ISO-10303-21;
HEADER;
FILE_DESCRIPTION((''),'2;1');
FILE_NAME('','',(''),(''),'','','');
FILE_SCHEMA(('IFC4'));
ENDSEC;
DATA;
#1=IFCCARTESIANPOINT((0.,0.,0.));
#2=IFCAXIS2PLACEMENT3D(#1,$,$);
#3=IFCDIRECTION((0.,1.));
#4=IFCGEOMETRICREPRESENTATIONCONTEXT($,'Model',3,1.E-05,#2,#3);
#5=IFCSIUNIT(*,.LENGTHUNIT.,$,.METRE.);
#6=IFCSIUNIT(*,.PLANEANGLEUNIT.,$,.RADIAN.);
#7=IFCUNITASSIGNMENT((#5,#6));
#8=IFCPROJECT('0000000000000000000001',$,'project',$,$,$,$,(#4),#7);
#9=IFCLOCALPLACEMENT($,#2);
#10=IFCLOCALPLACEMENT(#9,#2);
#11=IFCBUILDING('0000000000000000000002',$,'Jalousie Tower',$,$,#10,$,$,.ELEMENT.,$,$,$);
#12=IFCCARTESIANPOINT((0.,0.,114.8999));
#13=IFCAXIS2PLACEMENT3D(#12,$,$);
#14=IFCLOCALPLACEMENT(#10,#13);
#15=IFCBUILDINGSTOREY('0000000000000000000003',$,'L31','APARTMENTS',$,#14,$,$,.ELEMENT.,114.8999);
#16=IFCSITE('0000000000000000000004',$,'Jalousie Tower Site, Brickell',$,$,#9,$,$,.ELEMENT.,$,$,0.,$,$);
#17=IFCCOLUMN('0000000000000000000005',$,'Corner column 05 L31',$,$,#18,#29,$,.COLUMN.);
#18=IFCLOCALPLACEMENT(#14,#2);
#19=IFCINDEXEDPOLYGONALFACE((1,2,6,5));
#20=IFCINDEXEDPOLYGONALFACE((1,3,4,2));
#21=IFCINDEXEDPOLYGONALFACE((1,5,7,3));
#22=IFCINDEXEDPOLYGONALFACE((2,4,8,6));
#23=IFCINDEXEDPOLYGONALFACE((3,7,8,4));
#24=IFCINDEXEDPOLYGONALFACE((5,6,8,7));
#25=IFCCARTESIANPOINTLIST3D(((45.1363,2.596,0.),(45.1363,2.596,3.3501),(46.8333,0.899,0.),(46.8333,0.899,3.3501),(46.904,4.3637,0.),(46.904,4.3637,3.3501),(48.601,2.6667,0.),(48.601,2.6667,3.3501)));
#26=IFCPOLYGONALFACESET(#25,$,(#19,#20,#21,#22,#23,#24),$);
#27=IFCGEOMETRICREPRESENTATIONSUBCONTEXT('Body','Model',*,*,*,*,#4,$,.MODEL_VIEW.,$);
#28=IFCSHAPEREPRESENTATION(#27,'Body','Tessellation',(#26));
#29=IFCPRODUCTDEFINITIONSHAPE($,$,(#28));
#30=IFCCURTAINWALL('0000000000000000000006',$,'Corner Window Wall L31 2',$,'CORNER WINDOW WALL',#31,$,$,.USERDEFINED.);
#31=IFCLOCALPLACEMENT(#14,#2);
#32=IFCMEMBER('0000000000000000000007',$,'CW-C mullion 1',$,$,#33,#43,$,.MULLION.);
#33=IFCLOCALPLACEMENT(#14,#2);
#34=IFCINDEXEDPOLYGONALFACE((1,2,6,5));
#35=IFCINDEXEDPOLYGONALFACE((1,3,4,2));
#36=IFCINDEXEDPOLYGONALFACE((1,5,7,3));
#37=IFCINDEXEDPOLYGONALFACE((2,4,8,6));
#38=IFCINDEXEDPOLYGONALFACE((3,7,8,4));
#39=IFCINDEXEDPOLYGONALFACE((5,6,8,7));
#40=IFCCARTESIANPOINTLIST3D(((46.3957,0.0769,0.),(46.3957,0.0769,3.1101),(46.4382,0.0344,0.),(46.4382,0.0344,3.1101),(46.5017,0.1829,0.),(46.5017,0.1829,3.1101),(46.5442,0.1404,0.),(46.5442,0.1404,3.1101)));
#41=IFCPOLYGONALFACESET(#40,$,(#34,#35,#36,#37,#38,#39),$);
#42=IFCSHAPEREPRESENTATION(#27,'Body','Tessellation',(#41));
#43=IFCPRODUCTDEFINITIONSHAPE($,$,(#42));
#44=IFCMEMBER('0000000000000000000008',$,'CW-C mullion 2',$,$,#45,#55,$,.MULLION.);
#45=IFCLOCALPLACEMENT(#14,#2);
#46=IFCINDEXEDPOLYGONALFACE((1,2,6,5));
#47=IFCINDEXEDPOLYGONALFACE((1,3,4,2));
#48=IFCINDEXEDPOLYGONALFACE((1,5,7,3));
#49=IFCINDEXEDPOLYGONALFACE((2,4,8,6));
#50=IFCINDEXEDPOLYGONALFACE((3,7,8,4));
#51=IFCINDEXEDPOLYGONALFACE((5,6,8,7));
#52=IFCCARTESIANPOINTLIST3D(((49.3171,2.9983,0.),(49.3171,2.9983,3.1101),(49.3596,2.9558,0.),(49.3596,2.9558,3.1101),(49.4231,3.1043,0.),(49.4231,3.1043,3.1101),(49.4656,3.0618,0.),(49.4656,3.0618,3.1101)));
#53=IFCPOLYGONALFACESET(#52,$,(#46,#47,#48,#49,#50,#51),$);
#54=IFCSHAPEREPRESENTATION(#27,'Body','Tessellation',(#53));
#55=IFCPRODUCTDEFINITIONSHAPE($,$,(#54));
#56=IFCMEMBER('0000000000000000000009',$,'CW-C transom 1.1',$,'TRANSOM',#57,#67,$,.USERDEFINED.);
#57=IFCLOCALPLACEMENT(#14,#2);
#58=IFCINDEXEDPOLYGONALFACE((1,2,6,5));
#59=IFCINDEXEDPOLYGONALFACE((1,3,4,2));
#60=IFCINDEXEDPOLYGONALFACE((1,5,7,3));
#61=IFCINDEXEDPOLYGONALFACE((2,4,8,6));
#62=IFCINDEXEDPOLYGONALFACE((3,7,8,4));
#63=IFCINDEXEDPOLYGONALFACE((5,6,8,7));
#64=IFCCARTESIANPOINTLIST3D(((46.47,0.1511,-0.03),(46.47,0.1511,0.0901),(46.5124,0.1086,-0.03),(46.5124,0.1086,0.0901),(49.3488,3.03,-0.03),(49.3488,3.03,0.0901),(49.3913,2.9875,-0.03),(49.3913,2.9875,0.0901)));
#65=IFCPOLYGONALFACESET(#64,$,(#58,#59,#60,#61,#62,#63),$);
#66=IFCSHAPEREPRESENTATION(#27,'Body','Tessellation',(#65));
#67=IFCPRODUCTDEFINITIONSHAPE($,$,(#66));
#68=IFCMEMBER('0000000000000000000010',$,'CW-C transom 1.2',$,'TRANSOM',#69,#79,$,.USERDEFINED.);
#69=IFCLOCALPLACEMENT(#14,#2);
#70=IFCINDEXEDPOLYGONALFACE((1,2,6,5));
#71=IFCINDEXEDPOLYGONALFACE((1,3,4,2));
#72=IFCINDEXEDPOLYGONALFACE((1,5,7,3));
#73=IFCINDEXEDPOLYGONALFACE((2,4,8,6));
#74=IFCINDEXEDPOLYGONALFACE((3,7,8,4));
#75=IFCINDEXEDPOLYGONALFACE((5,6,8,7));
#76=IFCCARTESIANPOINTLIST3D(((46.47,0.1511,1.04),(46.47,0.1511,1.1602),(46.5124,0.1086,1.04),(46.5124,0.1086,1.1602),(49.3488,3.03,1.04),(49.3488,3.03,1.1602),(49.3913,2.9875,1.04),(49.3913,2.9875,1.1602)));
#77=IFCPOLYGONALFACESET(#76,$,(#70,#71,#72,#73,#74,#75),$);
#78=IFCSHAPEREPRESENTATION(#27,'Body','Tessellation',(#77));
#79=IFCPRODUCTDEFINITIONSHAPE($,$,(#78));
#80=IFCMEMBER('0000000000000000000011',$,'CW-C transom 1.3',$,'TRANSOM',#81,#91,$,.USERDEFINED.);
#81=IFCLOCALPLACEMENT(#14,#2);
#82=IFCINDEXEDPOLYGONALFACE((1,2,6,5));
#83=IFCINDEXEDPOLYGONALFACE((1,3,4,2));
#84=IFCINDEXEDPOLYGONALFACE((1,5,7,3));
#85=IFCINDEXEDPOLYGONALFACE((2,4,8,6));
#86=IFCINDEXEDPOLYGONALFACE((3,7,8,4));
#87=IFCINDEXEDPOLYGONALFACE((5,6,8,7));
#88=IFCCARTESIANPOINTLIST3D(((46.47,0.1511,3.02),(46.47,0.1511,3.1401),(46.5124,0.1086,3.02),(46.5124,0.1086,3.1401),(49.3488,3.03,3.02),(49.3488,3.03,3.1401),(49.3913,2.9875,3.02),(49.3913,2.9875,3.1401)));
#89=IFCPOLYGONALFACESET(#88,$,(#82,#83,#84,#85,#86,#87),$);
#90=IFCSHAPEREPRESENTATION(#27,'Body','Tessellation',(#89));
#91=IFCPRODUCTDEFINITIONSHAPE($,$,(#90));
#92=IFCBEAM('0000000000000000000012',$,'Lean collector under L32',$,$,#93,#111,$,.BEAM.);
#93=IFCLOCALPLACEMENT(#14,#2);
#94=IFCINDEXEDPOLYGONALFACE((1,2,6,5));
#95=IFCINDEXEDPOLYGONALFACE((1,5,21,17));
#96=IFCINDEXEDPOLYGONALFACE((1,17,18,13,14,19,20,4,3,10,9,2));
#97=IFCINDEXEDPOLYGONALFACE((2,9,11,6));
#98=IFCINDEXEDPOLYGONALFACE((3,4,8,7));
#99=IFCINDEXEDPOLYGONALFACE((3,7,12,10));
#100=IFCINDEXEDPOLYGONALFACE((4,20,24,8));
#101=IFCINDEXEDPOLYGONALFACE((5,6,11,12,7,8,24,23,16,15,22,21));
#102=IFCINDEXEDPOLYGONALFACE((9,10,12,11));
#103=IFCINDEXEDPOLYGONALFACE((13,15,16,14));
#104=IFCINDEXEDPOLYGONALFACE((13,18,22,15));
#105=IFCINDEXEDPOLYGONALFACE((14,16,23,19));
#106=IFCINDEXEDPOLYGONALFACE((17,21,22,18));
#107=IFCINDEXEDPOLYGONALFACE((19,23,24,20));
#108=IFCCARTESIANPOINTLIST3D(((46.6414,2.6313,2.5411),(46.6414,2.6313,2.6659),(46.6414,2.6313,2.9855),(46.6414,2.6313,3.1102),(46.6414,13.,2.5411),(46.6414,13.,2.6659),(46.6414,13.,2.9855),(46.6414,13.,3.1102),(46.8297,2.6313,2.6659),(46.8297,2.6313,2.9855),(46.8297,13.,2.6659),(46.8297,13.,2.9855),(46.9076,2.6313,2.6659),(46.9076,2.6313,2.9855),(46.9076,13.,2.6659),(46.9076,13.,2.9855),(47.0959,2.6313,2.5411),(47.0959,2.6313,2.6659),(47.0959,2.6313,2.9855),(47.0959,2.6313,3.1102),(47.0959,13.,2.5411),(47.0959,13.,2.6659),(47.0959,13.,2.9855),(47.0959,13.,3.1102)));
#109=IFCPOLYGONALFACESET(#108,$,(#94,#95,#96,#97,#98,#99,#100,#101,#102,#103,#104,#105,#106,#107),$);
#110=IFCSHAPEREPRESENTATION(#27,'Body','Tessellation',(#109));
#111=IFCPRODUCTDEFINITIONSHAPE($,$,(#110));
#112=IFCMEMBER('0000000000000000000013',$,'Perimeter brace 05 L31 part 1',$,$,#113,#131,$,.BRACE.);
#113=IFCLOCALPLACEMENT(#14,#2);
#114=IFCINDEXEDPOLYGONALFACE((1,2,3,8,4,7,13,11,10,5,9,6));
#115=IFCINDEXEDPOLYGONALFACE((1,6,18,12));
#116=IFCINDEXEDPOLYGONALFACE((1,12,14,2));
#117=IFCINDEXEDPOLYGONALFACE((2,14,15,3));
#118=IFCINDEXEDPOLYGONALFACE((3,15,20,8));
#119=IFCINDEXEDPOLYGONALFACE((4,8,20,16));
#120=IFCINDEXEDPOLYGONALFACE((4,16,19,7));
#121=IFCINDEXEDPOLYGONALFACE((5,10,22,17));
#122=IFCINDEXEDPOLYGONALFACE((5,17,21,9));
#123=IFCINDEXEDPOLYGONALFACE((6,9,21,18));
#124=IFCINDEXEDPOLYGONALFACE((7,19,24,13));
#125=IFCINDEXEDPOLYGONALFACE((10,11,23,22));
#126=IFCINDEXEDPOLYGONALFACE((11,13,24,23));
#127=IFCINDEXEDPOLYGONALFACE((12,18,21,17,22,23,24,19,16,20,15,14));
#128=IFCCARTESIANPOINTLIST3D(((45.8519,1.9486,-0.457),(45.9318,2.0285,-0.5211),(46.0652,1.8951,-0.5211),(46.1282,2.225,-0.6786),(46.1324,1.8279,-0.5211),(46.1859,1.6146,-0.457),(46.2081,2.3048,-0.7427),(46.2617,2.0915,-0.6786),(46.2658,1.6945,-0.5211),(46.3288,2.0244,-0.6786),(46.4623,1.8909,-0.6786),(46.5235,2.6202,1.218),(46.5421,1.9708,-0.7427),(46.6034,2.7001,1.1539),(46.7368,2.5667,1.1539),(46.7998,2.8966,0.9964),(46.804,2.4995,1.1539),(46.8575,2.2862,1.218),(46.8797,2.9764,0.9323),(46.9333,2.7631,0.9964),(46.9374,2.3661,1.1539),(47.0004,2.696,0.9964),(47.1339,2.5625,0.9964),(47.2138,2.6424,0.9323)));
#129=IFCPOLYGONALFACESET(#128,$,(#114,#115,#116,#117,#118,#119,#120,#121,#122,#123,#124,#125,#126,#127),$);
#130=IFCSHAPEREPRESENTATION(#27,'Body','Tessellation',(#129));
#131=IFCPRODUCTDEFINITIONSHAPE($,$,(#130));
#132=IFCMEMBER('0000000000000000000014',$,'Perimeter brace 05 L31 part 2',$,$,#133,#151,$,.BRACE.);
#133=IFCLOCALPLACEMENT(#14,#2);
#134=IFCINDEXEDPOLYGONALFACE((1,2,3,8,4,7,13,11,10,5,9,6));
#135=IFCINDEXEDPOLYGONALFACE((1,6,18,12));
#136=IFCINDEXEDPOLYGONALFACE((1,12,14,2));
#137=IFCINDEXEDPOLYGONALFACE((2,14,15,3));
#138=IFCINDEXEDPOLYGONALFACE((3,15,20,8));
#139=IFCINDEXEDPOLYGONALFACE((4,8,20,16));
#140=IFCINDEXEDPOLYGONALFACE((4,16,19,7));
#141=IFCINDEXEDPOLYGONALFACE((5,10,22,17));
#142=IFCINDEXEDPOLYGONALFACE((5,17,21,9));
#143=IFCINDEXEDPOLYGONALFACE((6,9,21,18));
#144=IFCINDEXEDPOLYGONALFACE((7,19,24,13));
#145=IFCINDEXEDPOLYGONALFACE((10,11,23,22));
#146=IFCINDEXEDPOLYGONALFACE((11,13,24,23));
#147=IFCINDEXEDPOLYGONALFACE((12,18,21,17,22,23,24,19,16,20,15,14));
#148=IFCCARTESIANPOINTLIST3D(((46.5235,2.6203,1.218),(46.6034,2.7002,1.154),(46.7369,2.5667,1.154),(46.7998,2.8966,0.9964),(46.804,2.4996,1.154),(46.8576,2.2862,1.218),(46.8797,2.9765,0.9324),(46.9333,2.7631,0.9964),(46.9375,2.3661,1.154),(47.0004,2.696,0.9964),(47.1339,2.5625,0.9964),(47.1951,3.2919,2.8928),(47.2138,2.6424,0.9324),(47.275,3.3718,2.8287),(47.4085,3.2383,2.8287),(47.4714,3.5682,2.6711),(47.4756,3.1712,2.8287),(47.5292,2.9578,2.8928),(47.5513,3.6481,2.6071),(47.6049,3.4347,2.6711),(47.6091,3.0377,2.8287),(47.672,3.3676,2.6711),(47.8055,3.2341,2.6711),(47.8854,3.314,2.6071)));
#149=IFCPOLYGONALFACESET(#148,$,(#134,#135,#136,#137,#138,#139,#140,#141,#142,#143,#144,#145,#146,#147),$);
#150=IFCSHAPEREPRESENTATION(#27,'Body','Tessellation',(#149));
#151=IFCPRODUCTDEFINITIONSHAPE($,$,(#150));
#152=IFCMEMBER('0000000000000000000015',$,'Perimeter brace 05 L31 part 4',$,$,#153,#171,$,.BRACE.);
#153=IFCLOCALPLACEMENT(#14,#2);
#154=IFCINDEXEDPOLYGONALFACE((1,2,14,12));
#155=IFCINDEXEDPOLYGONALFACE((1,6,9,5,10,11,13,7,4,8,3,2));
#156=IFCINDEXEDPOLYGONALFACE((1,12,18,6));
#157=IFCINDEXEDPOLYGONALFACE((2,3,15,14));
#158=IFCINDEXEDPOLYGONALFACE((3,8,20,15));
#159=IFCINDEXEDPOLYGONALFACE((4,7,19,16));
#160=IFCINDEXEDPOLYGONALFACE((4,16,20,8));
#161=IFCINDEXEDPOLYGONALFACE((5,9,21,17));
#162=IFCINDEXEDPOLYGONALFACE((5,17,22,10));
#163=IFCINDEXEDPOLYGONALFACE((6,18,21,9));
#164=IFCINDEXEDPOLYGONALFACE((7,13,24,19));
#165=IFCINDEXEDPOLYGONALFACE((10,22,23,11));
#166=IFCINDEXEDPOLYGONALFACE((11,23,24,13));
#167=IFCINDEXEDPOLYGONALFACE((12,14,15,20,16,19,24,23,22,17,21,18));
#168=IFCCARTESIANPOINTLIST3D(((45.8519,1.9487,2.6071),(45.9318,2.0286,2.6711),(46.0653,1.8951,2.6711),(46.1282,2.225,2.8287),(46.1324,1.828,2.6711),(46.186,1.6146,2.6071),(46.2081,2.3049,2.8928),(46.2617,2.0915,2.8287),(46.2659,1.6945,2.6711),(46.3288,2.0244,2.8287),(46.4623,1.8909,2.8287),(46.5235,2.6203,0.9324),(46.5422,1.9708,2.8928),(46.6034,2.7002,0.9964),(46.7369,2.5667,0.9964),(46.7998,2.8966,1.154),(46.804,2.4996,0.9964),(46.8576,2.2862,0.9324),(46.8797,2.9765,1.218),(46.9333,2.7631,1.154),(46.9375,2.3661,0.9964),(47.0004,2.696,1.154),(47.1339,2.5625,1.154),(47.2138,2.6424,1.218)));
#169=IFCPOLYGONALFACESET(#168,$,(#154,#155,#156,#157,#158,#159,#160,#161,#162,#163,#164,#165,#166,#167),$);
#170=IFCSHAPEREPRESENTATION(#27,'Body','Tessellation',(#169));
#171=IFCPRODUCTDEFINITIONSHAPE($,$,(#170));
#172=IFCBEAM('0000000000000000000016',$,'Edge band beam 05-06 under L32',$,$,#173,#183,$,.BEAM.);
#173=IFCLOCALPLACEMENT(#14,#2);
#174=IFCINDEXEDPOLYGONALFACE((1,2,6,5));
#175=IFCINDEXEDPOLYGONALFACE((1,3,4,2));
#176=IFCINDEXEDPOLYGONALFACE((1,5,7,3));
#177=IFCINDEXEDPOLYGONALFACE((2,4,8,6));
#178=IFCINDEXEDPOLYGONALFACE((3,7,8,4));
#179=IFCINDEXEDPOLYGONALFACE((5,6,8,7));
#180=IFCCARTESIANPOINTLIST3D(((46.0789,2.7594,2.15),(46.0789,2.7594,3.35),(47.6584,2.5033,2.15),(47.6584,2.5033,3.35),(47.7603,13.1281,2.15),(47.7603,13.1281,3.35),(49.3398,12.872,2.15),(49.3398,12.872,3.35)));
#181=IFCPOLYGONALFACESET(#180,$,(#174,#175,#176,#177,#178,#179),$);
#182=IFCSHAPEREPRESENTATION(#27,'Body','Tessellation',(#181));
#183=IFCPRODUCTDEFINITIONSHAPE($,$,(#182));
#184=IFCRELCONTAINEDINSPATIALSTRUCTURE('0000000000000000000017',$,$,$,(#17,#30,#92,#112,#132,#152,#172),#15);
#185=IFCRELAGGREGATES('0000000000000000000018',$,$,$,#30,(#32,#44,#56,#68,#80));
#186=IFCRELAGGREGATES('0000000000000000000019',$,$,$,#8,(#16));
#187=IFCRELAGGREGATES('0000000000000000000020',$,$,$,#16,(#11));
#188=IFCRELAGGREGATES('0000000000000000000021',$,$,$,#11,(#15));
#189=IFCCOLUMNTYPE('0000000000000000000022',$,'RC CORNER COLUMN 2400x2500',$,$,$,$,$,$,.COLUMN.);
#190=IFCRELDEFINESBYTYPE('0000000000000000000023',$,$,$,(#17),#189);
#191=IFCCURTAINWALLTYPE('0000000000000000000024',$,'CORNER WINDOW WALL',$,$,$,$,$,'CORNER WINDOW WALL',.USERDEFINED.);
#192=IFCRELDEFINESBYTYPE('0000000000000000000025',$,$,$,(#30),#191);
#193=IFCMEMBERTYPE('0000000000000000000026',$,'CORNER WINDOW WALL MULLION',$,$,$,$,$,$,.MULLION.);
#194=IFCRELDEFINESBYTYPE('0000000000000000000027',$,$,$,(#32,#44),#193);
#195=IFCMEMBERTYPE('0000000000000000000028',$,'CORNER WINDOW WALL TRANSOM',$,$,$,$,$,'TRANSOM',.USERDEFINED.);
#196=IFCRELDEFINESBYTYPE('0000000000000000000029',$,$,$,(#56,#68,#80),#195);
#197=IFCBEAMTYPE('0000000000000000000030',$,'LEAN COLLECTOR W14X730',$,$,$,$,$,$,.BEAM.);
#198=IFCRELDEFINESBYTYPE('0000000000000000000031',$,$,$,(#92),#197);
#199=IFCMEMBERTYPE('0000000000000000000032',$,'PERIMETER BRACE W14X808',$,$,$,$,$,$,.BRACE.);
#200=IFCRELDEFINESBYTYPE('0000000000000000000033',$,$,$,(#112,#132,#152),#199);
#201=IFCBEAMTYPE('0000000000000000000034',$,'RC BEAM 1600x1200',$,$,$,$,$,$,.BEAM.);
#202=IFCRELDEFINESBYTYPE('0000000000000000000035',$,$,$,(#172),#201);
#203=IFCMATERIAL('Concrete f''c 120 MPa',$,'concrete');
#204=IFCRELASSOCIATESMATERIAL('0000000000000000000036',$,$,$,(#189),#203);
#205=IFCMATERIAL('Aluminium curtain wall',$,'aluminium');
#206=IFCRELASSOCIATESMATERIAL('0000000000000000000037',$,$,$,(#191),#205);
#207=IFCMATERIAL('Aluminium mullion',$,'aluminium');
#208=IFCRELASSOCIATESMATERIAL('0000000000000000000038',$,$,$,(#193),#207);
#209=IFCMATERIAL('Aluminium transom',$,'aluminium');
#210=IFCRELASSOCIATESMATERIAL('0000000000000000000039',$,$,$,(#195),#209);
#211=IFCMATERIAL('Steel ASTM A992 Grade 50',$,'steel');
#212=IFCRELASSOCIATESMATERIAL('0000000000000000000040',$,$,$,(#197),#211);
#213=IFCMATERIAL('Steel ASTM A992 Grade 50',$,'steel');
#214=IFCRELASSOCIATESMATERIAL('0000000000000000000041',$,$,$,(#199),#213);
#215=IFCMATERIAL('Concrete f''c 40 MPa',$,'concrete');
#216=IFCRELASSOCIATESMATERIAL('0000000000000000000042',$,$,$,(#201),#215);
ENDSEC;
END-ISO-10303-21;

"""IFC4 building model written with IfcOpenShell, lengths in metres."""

from ifc_helpers import new_model, si_unit, direction, frame, origin, origin_2d, place, context, subcontext, project, spatial, rectangle, i_section, extrude, material, material_profile, profile_set, type_object, element, aggregate, save


model = new_model("IFC4")

# Units and contexts
model_context = context("Model", 3, precision=1e-05, world=origin(), true_north=direction((0.0, 1.0)))
body_context = subcontext(model_context, "Body", "Model", "MODEL_VIEW")
ifc_project = project(units=[si_unit("LENGTHUNIT", "METRE"), si_unit("PLANEANGLEUNIT", "RADIAN")], contexts=[model_context])

# Site, building, storey
site_placement = place(None, origin())
site = spatial("IfcSite", under=ifc_project, at=site_placement, Name="Jalousie Tower Site, Brickell", CompositionType="ELEMENT", RefElevation=0.0)
building_placement = place(site_placement, origin())
building = spatial("IfcBuilding", under=site, at=building_placement, Name="Jalousie Tower", CompositionType="ELEMENT")
storey_placement = place(building_placement, frame((0.0, 0.0, 114.8999)))
storey = spatial("IfcBuildingStorey", under=building, at=storey_placement, Name="L31", Description="APARTMENTS", CompositionType="ELEMENT", Elevation=114.8999)

# Column
ifc_material_1 = material(Name="Concrete f'c 120 MPa", Category="concrete")
ifc_material_profile_1 = material_profile(ifc_material_1, rectangle(XDim=2.3999, YDim=2.5, at=origin_2d()), Name="RC 2400x2500")
ifc_profile_set_1 = profile_set([ifc_material_profile_1], Name="Concrete f'c 120 MPa")
column_type = type_object("IfcColumnType", Name="RC CORNER COLUMN 2400x2500", PredefinedType="COLUMN", material=ifc_profile_set_1)
column_placement = place(storey_placement, frame((46.8687, 2.6313, 0.0), z_axis=(0.0, 0.0, 1.0), x_axis=(-0.707107, 0.707107, 0.0)))
element("IfcColumn", 1, at=column_placement, inside=storey, type_object=column_type, Name="Corner column 05 L31", PredefinedType="COLUMN", context=body_context, shape_type="SweptSolid", body=[
    extrude(rectangle(XDim=2.3999, YDim=2.5, at=origin_2d()), origin(), (0.0, 0.0, 1.0), 3.3501),
])

# Curtain wall, members
ifc_material_2 = material(Name="Aluminium curtain wall", Category="aluminium")
curtain_wall_type_1 = type_object("IfcCurtainWallType", Name="CORNER WINDOW WALL", ElementType="CORNER WINDOW WALL", PredefinedType="USERDEFINED", material=ifc_material_2)
curtain_wall_1_placement = place(storey_placement, origin())
curtain_wall_1 = element("IfcCurtainWall", 2, at=curtain_wall_1_placement, inside=storey, type_object=curtain_wall_type_1, Name="Corner Window Wall L31 2", ObjectType="CORNER WINDOW WALL", PredefinedType="USERDEFINED")
ifc_material_3 = material(Name="Aluminium mullion", Category="aluminium")
ifc_material_profile_2 = material_profile(ifc_material_3, rectangle(XDim=0.0601, YDim=0.1499, at=origin_2d()), Name="MULLION 60x150")
ifc_profile_set_2 = profile_set([ifc_material_profile_2], Name="Aluminium mullion")
member_type_1 = type_object("IfcMemberType", Name="CORNER WINDOW WALL MULLION", PredefinedType="MULLION", material=ifc_profile_set_2)
member_1_placement = place(storey_placement, frame((46.47, 0.1086, 0.0), z_axis=(0.0, 0.0, 1.0), x_axis=(-0.707107, 0.707107, 0.0)))
member_1 = element("IfcMember", 3, at=member_1_placement, type_object=member_type_1, Name="CW-C mullion 1", PredefinedType="MULLION", context=body_context, shape_type="SweptSolid", body=[
    extrude(rectangle(XDim=0.0601, YDim=0.1499, at=origin_2d()), origin(), (0.0, 0.0, 1.0), 3.1101),
])
member_2_placement = place(storey_placement, frame((49.3914, 3.03, 0.0), z_axis=(0.0, 0.0, 1.0), x_axis=(-0.707107, 0.707107, 0.0)))
member_2 = element("IfcMember", 4, at=member_2_placement, type_object=member_type_1, Name="CW-C mullion 2", PredefinedType="MULLION", context=body_context, shape_type="SweptSolid", body=[
    extrude(rectangle(XDim=0.0601, YDim=0.1499, at=origin_2d()), origin(), (0.0, 0.0, 1.0), 3.1101),
])
ifc_material_4 = material(Name="Aluminium transom", Category="aluminium")
ifc_material_profile_3 = material_profile(ifc_material_4, rectangle(XDim=0.0601, YDim=0.1201, at=origin_2d()), Name="TRANSOM 60x120")
ifc_profile_set_3 = profile_set([ifc_material_profile_3], Name="Aluminium transom")
member_type_2 = type_object("IfcMemberType", Name="CORNER WINDOW WALL TRANSOM", ElementType="TRANSOM", PredefinedType="USERDEFINED", material=ifc_profile_set_3)
member_3_placement = place(storey_placement, frame((46.4912, 0.1299, 0.03), z_axis=(0.707107, 0.707107, 0.0), x_axis=(-0.707107, 0.707107, 0.0)))
member_3 = element("IfcMember", 5, at=member_3_placement, type_object=member_type_2, Name="CW-C transom 1.1", ObjectType="TRANSOM", PredefinedType="USERDEFINED", context=body_context, shape_type="SweptSolid", body=[
    extrude(rectangle(XDim=0.0601, YDim=0.1201, at=origin_2d()), origin(), (0.0, 0.0, 1.0), 4.0713),
])
member_4_placement = place(storey_placement, frame((46.4912, 0.1299, 1.1001), z_axis=(0.707107, 0.707107, 0.0), x_axis=(-0.707107, 0.707107, 0.0)))
member_4 = element("IfcMember", 6, at=member_4_placement, type_object=member_type_2, Name="CW-C transom 1.2", ObjectType="TRANSOM", PredefinedType="USERDEFINED", context=body_context, shape_type="SweptSolid", body=[
    extrude(rectangle(XDim=0.0601, YDim=0.1201, at=origin_2d()), origin(), (0.0, 0.0, 1.0), 4.0713),
])
member_5_placement = place(storey_placement, frame((46.4912, 0.1299, 3.0801), z_axis=(0.707107, 0.707107, 0.0), x_axis=(-0.707107, 0.707107, 0.0)))
member_5 = element("IfcMember", 7, at=member_5_placement, type_object=member_type_2, Name="CW-C transom 1.3", ObjectType="TRANSOM", PredefinedType="USERDEFINED", context=body_context, shape_type="SweptSolid", body=[
    extrude(rectangle(XDim=0.0601, YDim=0.1201, at=origin_2d()), origin(), (0.0, 0.0, 1.0), 4.0713),
])

# Beam
ifc_material_5 = material(Name="Steel ASTM A992 Grade 50", Category="steel")
ifc_material_profile_4 = material_profile(ifc_material_5, i_section(OverallWidth=0.4546, OverallDepth=0.5691, WebThickness=0.0779, FlangeThickness=0.1248, at=origin_2d()), Name="W14X730")
ifc_profile_set_4 = profile_set([ifc_material_profile_4], Name="Steel ASTM A992 Grade 50")
beam_type_1 = type_object("IfcBeamType", Name="LEAN COLLECTOR W14X730", PredefinedType="BEAM", material=ifc_profile_set_4)
beam_1_placement = place(storey_placement, frame((46.8687, 2.6313, 2.8257), z_axis=(0.0, 1.0, 0.0), x_axis=(-1.0, 0.0, 0.0)))
element("IfcBeam", 8, at=beam_1_placement, inside=storey, type_object=beam_type_1, Name="Lean collector under L32", PredefinedType="BEAM", context=body_context, shape_type="SweptSolid", body=[
    extrude(i_section(OverallWidth=0.4546, OverallDepth=0.5691, WebThickness=0.0779, FlangeThickness=0.1248, at=origin_2d()), origin(), (0.0, 0.0, 1.0), 10.3687),
])

# Members
ifc_material_6 = material(Name="Steel ASTM A992 Grade 50", Category="steel")
ifc_material_profile_5 = material_profile(ifc_material_6, i_section(OverallWidth=0.4724, OverallDepth=0.5791, WebThickness=0.095, FlangeThickness=0.1299, at=origin_2d()), Name="W14X808")
ifc_profile_set_5 = profile_set([ifc_material_profile_5], Name="Steel ASTM A992 Grade 50")
member_type_3 = type_object("IfcMemberType", Name="PERIMETER BRACE W14X808", PredefinedType="BRACE", material=ifc_profile_set_5)
member_6_placement = place(storey_placement, frame((46.197, 1.9597, -0.5999), z_axis=(0.348789, 0.348789, 0.869881), x_axis=(-0.707107, 0.707107, 0.0)))
element("IfcMember", 9, at=member_6_placement, inside=storey, type_object=member_type_3, Name="Perimeter brace 05 L31 part 1", PredefinedType="BRACE", context=body_context, shape_type="SweptSolid", body=[
    extrude(i_section(OverallWidth=0.4724, OverallDepth=0.5791, WebThickness=0.095, FlangeThickness=0.1299, at=origin_2d()), origin(), (0.0, 0.0, 1.0), 1.9255),
])
for number, where, z_axis, x_axis, name in (
    (10, (46.8687, 2.6313, 1.0752), (0.348828, 0.348828, 0.86985), (-0.707107, 0.707107, 0.0), "Perimeter brace 05 L31 part 2"),
    (11, (46.8687, 2.6313, 1.0752), (-0.348828, -0.348828, 0.86985), (0.707107, -0.707107, 0.0), "Perimeter brace 05 L31 part 4"),
):
    element("IfcMember", number, at=place(storey_placement, frame(where, z_axis=z_axis, x_axis=x_axis)), inside=storey, type_object=member_type_3, Name=name, PredefinedType="BRACE", context=body_context, shape_type="SweptSolid", body=[
        extrude(i_section(OverallWidth=0.4724, OverallDepth=0.5791, WebThickness=0.095, FlangeThickness=0.1299, at=origin_2d()), origin(), (0.0, 0.0, 1.0), 1.9253),
    ])

# Beam
ifc_material_7 = material(Name="Concrete f'c 40 MPa", Category="concrete")
ifc_material_profile_6 = material_profile(ifc_material_7, rectangle(XDim=1.6001, YDim=1.2, at=origin_2d()), Name="RC 1600x1200")
ifc_profile_set_6 = profile_set([ifc_material_profile_6], Name="Concrete f'c 40 MPa")
beam_type_2 = type_object("IfcBeamType", Name="RC BEAM 1600x1200", PredefinedType="BEAM", material=ifc_profile_set_6)
beam_2_placement = place(storey_placement, frame((46.8687, 2.6313, 2.75), z_axis=(0.160071, 0.987106, 0.0), x_axis=(-0.987106, 0.160071, 0.0)))
element("IfcBeam", 12, at=beam_2_placement, inside=storey, type_object=beam_type_2, Name="Edge band beam 05-06 under L32", PredefinedType="BEAM", context=body_context, shape_type="SweptSolid", body=[
    extrude(rectangle(XDim=1.6001, YDim=1.2, at=origin_2d()), origin(), (0.0, 0.0, 1.0), 10.5042),
])

aggregate(curtain_wall_1, [member_1, member_2, member_3, member_4, member_5])

save(model, "model.ifc")
